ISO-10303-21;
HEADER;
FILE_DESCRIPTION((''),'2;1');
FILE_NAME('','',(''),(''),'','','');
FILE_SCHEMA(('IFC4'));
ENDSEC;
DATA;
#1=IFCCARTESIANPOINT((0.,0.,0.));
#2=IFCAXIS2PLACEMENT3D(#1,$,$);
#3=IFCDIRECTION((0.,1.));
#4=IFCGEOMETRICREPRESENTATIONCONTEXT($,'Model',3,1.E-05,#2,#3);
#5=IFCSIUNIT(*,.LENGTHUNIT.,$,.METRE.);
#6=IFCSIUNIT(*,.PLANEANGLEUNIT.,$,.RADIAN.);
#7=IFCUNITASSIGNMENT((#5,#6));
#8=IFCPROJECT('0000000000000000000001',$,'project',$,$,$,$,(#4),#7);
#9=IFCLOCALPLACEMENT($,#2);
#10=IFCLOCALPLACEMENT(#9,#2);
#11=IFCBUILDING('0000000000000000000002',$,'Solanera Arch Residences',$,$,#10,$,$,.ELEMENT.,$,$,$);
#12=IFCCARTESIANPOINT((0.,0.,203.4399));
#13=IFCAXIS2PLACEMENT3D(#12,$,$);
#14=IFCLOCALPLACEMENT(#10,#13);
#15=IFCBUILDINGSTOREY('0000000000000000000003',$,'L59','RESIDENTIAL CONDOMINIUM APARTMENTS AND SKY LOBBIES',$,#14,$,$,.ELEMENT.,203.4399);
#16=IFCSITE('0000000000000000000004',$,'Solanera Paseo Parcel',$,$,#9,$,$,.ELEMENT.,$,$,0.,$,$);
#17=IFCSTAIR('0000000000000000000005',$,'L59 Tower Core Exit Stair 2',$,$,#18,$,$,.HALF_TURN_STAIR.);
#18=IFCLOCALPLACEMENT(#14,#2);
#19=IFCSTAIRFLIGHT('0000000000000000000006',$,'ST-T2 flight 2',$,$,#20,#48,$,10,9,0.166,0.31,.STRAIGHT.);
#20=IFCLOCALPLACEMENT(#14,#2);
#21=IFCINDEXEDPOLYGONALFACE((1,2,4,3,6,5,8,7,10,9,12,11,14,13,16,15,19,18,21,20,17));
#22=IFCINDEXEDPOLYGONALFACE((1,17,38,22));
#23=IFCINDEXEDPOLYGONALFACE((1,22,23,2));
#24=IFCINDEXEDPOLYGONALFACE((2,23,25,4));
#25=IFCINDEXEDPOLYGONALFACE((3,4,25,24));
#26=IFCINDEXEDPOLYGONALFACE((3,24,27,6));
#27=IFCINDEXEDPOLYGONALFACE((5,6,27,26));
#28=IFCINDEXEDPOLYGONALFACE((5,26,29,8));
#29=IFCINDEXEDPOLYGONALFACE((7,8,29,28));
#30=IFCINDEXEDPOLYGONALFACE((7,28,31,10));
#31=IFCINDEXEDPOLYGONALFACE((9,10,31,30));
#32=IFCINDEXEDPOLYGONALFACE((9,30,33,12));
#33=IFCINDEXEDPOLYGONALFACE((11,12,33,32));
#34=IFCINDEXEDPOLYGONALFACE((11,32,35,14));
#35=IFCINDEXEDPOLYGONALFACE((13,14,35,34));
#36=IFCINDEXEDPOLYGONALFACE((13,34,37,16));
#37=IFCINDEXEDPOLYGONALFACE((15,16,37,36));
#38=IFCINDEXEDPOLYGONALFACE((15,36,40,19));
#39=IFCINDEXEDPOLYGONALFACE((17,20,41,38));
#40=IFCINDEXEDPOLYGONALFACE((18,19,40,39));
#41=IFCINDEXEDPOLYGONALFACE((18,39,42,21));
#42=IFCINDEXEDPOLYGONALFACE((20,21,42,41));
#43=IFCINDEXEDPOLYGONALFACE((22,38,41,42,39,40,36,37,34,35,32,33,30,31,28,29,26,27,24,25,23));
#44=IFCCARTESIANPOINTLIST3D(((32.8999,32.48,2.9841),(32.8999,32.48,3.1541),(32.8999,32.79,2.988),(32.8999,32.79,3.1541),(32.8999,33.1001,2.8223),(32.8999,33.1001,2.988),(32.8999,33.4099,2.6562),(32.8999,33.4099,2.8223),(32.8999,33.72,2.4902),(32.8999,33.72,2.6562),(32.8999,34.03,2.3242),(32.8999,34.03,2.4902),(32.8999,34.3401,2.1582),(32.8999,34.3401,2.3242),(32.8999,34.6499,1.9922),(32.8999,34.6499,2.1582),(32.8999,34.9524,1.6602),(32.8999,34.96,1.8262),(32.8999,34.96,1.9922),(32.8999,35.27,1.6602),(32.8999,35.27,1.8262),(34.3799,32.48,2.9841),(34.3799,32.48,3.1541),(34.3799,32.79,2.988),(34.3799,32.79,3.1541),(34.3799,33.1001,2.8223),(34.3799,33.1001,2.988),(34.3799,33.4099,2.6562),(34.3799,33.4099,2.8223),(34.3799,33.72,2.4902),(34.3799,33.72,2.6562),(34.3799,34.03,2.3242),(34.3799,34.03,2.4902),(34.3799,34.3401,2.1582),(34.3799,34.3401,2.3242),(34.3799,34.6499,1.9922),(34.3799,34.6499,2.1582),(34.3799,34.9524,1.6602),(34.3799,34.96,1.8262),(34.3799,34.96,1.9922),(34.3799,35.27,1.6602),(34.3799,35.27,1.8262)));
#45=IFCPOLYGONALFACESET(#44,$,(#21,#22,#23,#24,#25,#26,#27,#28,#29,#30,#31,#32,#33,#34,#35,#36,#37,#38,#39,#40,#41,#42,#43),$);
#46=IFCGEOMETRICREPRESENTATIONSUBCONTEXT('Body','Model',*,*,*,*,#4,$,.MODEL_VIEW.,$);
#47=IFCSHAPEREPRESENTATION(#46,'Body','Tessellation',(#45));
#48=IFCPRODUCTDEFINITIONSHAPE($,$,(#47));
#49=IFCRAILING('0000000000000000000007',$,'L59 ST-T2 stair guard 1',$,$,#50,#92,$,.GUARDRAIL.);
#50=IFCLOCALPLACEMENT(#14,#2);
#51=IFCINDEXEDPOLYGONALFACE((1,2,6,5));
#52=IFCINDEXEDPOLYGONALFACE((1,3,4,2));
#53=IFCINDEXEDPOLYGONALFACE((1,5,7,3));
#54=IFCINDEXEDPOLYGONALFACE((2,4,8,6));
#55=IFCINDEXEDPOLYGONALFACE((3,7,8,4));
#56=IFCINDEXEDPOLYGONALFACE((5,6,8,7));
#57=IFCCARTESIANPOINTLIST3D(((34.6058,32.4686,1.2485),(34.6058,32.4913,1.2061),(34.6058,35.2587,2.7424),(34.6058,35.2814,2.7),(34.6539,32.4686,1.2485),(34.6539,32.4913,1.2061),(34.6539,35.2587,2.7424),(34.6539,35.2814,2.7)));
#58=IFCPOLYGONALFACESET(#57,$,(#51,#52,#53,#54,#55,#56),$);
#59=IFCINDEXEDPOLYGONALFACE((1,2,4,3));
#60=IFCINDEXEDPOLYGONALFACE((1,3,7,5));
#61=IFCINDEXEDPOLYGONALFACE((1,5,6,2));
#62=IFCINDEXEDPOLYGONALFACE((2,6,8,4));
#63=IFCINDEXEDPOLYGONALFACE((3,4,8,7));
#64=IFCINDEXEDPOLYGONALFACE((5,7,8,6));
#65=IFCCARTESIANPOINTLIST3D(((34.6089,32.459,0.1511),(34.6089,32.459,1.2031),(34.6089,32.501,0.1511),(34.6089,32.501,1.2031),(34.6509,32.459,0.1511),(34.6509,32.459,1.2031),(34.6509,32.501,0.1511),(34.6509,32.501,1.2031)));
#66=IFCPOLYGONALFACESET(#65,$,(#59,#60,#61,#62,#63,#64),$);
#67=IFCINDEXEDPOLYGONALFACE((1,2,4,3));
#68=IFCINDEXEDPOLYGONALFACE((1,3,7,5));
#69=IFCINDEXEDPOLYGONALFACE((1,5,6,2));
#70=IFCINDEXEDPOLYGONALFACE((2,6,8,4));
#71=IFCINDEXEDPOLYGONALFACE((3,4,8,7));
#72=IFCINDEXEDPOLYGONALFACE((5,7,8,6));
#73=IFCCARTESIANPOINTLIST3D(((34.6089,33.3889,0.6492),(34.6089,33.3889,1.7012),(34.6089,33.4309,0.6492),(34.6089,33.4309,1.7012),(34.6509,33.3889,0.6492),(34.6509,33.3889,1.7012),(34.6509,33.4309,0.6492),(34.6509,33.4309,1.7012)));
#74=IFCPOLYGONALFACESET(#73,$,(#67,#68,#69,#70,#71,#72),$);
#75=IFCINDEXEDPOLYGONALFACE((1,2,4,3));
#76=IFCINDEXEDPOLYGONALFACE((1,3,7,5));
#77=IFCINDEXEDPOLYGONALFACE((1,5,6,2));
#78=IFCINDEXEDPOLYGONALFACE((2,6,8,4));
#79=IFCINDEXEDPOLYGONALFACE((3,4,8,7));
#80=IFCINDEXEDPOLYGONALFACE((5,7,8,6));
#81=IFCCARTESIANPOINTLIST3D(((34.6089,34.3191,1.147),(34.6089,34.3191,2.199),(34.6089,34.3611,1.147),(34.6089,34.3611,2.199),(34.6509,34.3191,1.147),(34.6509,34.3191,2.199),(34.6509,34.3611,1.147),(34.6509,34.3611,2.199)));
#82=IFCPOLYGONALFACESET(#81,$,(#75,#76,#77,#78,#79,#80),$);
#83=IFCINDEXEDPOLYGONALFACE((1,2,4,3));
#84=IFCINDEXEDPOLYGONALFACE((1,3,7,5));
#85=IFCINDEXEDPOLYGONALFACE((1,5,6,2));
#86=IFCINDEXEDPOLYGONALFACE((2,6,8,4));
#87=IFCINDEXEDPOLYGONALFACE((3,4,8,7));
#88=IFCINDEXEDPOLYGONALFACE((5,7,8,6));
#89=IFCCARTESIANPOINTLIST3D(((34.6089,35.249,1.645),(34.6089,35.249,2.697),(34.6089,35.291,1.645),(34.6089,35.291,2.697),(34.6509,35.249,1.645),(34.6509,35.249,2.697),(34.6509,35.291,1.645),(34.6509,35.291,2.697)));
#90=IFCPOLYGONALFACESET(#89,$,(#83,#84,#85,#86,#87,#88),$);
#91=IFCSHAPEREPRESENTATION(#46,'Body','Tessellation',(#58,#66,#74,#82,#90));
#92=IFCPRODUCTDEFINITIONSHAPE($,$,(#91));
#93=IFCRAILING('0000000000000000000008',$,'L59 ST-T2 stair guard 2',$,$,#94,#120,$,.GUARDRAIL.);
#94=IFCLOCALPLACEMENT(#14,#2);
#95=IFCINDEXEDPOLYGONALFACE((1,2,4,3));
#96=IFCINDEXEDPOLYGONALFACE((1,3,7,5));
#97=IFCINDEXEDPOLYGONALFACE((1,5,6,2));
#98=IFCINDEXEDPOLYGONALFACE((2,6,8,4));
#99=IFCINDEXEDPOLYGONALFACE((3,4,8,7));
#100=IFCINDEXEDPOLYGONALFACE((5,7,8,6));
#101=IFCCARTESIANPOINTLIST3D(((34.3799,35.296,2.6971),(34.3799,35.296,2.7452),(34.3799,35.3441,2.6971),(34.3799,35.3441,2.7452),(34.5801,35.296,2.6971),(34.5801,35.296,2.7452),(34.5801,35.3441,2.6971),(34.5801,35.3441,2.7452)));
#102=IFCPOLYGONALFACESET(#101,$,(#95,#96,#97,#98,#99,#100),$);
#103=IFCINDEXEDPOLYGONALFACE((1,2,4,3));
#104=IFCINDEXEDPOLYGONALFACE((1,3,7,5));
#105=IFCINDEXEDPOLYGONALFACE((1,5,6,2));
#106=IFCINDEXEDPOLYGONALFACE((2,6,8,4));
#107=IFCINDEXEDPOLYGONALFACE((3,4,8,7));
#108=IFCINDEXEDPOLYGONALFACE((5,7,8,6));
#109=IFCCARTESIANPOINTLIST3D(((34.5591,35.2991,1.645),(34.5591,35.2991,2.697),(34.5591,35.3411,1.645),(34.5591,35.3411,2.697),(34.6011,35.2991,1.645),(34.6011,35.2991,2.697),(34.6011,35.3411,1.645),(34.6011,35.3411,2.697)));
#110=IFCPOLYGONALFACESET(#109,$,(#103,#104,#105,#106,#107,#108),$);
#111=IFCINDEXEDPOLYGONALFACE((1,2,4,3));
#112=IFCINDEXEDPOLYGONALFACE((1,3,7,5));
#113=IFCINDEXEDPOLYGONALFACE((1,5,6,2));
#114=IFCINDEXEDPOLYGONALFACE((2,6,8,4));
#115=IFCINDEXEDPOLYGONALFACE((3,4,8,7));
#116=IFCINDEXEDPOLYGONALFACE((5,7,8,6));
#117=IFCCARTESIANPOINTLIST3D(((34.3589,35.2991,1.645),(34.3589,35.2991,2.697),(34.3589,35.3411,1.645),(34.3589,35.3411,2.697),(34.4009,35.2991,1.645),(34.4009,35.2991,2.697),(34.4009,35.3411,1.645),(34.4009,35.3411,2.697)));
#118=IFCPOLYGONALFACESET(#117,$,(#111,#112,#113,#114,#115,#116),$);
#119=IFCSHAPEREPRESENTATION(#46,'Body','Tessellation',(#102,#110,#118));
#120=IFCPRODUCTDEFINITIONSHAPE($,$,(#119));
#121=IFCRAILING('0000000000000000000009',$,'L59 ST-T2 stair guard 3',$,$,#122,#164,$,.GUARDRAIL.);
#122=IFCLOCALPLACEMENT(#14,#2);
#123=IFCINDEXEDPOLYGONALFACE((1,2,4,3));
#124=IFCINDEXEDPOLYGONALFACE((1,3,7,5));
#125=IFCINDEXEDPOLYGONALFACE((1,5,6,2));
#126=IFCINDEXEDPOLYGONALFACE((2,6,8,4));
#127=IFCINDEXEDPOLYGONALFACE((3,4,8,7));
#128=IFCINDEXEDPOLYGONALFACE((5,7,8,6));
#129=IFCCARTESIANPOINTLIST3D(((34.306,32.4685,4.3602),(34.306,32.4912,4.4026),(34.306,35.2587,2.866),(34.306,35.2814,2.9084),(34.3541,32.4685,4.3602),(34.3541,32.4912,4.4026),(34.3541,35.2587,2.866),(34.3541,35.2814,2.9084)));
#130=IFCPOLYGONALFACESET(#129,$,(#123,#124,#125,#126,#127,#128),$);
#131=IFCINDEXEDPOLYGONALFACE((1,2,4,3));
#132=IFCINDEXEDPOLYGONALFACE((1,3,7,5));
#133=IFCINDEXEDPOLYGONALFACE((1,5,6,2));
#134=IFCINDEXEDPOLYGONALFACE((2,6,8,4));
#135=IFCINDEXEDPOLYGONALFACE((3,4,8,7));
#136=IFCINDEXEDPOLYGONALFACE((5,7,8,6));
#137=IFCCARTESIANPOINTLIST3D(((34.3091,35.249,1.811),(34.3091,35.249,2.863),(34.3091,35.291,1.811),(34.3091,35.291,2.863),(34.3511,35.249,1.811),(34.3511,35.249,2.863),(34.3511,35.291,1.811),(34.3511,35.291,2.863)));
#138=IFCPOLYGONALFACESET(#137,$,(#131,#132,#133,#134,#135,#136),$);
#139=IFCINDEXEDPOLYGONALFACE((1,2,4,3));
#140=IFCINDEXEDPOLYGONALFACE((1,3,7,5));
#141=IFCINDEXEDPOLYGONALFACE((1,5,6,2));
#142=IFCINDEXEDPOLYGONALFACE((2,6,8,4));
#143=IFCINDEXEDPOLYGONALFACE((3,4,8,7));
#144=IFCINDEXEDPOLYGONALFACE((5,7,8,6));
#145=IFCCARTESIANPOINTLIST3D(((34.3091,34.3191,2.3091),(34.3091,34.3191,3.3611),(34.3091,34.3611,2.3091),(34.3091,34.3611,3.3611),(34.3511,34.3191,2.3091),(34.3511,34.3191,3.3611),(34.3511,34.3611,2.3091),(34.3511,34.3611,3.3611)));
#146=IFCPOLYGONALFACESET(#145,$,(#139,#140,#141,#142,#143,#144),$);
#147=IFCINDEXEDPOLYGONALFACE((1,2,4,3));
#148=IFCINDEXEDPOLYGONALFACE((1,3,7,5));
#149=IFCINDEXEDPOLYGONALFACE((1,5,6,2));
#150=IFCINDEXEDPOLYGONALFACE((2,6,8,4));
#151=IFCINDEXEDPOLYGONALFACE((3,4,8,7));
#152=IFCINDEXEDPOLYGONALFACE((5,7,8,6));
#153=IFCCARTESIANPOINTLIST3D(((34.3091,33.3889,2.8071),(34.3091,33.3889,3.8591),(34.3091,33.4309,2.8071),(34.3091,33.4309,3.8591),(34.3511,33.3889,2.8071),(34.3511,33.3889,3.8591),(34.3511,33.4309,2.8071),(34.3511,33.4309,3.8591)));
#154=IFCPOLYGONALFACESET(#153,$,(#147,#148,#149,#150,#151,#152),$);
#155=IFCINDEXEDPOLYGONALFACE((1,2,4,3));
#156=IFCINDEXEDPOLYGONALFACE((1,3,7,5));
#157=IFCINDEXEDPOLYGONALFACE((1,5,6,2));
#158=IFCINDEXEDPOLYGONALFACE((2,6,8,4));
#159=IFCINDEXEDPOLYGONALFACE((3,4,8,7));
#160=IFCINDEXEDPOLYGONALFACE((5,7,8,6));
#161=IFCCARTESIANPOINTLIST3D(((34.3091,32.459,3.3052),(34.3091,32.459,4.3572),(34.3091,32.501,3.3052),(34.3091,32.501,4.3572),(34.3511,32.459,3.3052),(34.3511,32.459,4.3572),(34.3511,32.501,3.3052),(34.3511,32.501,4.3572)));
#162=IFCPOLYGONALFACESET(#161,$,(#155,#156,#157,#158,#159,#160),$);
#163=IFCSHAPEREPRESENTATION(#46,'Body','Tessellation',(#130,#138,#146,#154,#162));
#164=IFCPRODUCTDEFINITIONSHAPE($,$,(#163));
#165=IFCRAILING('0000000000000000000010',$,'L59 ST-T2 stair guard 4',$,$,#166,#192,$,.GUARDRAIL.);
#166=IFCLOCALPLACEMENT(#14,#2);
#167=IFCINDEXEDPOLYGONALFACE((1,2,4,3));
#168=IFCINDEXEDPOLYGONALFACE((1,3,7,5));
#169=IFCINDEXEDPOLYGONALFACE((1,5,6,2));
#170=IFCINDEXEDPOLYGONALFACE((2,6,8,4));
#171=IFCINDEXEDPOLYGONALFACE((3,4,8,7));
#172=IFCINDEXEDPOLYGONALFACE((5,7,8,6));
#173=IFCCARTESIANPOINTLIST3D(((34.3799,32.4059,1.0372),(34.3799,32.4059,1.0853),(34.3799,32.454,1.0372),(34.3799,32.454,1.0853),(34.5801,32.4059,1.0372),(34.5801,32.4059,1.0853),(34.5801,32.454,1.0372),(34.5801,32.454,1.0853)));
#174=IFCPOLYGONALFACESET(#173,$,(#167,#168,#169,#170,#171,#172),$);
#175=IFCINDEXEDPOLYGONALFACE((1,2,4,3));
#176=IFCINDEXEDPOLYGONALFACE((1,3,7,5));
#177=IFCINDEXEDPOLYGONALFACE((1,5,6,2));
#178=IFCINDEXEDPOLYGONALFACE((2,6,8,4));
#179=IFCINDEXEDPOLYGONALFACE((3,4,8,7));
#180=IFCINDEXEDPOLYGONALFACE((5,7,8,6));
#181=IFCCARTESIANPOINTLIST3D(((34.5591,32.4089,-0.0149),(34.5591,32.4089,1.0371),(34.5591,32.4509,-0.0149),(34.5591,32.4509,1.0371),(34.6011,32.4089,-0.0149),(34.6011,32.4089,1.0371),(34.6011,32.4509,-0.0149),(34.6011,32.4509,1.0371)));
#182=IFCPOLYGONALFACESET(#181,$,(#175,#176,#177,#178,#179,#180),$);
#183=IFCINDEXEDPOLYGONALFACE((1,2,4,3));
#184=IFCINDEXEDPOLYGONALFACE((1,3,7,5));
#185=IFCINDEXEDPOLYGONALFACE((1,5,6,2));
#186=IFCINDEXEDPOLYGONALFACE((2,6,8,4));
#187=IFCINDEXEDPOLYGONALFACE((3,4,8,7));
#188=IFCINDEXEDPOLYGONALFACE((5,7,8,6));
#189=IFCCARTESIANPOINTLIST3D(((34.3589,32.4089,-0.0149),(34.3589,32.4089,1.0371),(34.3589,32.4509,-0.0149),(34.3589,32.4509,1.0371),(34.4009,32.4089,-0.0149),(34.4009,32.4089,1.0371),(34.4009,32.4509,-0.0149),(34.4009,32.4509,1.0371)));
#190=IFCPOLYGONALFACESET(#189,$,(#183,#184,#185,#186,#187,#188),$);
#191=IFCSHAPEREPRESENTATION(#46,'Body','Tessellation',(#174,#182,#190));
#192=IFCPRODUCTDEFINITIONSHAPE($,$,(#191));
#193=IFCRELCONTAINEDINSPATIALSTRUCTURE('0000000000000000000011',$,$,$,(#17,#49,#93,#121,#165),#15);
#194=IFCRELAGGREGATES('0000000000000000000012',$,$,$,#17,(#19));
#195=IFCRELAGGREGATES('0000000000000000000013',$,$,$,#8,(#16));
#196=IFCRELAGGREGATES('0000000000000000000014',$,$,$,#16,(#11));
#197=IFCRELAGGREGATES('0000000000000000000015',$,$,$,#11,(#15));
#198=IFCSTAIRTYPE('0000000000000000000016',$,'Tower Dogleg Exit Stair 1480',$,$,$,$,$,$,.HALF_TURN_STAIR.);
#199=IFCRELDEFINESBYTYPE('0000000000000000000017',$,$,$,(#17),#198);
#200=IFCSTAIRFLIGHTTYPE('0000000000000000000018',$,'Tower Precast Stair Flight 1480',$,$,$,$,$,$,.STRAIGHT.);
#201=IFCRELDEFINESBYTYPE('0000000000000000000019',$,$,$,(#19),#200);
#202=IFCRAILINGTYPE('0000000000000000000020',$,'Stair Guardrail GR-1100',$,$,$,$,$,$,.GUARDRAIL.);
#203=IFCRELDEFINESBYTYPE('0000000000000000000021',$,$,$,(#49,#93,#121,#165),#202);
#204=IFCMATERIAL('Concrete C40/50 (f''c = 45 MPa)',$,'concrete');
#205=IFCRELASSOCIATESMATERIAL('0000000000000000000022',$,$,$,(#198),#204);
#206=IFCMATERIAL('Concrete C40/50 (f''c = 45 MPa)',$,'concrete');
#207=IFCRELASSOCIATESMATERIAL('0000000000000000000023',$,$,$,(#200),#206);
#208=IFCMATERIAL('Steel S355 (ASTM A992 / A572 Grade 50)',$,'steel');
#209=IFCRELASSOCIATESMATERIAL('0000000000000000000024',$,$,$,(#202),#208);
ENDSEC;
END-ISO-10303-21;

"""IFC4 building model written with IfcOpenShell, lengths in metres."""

from ifc_helpers import new_model, si_unit, direction, frame, origin, origin_2d, place, context, subcontext, project, spatial, polyline, rectangle, outline, extrude, material, type_object, element, aggregate, save


model = new_model("IFC4")

# Units and contexts
model_context = context("Model", 3, precision=1e-05, world=origin(), true_north=direction((0.0, 1.0)))
body_context = subcontext(model_context, "Body", "Model", "MODEL_VIEW")
ifc_project = project(units=[si_unit("LENGTHUNIT", "METRE"), si_unit("PLANEANGLEUNIT", "RADIAN")], contexts=[model_context])

# Site, building, storey
site_placement = place(None, origin())
site = spatial("IfcSite", under=ifc_project, at=site_placement, Name="Solanera Paseo Parcel", CompositionType="ELEMENT", RefElevation=0.0)
building_placement = place(site_placement, origin())
building = spatial("IfcBuilding", under=site, at=building_placement, Name="Solanera Arch Residences", CompositionType="ELEMENT")
storey_placement = place(building_placement, frame((0.0, 0.0, 203.4399)))
storey = spatial("IfcBuildingStorey", under=building, at=storey_placement, Name="L59", Description="RESIDENTIAL CONDOMINIUM APARTMENTS AND SKY LOBBIES", CompositionType="ELEMENT", Elevation=203.4399)

# Stair, stair flight
ifc_material_1 = material(Name="Concrete C40/50 (f'c = 45 MPa)", Category="concrete")
stair_type = type_object("IfcStairType", Name="Tower Dogleg Exit Stair 1480", PredefinedType="HALF_TURN_STAIR", material=ifc_material_1)
stair_placement = place(storey_placement, origin())
stair = element("IfcStair", 1, at=stair_placement, inside=storey, type_object=stair_type, Name="L59 Tower Core Exit Stair 2", PredefinedType="HALF_TURN_STAIR")
ifc_material_2 = material(Name="Concrete C40/50 (f'c = 45 MPa)", Category="concrete")
stair_flight_type = type_object("IfcStairFlightType", Name="Tower Precast Stair Flight 1480", PredefinedType="STRAIGHT", material=ifc_material_2)
stair_flight_1_placement = place(storey_placement, frame((33.6399, 35.27, 1.6602), z_axis=(0.0, 0.0, 1.0), x_axis=(0.0, -1.0, 0.0)))
stair_flight_1 = element("IfcStairFlight", 2, at=stair_flight_1_placement, type_object=stair_flight_type, Name="ST-T2 flight 2", NumberOfRisers=10, NumberOfTreads=9, PredefinedType="STRAIGHT", RiserHeight=0.166, TreadLength=0.31, context=body_context, shape_type="SweptSolid", body=[
    extrude(outline(polyline([(0.0, 0.0), (0.0, 0.166), (0.3101, 0.166), (0.3101, 0.332), (0.6201, 0.332), (0.6201, 0.498), (0.9299, 0.498), (0.9299, 0.6641), (1.24, 0.6641), (1.24, 0.8301), (1.55, 0.8301), (1.55, 0.9961), (1.8601, 0.9961), (1.8601, 1.1621), (2.1699, 1.1621), (2.1699, 1.3279), (2.48, 1.3279), (2.48, 1.4939), (2.79, 1.4939), (2.79, 1.6599), (2.79, 1.324), (0.3176, 0.0), (0.0, 0.0)])), frame((0.0, 0.74, 0.0), z_axis=(0.0, -1.0, 0.0), x_axis=(1.0, 0.0, 0.0)), (0.0, 0.0, 1.0), 1.48),
])
aggregate(stair, [stair_flight_1])

# Railings
ifc_material_3 = material(Name="Steel S355 (ASTM A992 / A572 Grade 50)", Category="steel")
railing_type_1 = type_object("IfcRailingType", Name="Stair Guardrail GR-1100", PredefinedType="GUARDRAIL", material=ifc_material_3)
railing_1_placement = place(storey_placement, frame((34.6299, 32.48, 0.1511)))
element("IfcRailing", 3, at=railing_1_placement, inside=storey, type_object=railing_type_1, Name="L59 ST-T2 stair guard 1", PredefinedType="GUARDRAIL", context=body_context, shape_type="SweptSolid", body=[
    extrude(rectangle(XDim=0.0481, YDim=0.0481, at=origin_2d()), frame((0.0, 0.0, 1.0762), z_axis=(0.0, 0.881581, 0.472033), x_axis=(-1.0, 0.0, 0.0)), (0.0, 0.0, 1.0), 3.1648),
    extrude(rectangle(XDim=0.042, YDim=0.042, at=origin_2d()), origin(), (0.0, 0.0, 1.0), 1.052),
    extrude(rectangle(XDim=0.042, YDim=0.042, at=origin_2d()), frame((0.0, 0.9299, 0.498)), (0.0, 0.0, 1.0), 1.052),
    extrude(rectangle(XDim=0.042, YDim=0.042, at=origin_2d()), frame((0.0, 1.8601, 0.9958)), (0.0, 0.0, 1.0), 1.052),
    extrude(rectangle(XDim=0.042, YDim=0.042, at=origin_2d()), frame((0.0, 2.79, 1.4939)), (0.0, 0.0, 1.0), 1.052),
])
railing_2_placement = place(storey_placement, frame((34.5801, 35.3201, 1.645)))
element("IfcRailing", 4, at=railing_2_placement, inside=storey, type_object=railing_type_1, Name="L59 ST-T2 stair guard 2", PredefinedType="GUARDRAIL", context=body_context, shape_type="SweptSolid", body=[
    extrude(rectangle(XDim=0.0481, YDim=0.0481, at=origin_2d()), frame((0.0, 0.0, 1.0762), z_axis=(-1.0, 0.0, 0.0), x_axis=(0.0, -1.0, 0.0)), (0.0, 0.0, 1.0), 0.2002),
    extrude(rectangle(XDim=0.042, YDim=0.042, at=origin_2d()), origin(), (0.0, 0.0, 1.0), 1.052),
    extrude(rectangle(XDim=0.042, YDim=0.042, at=origin_2d()), frame((-0.2002, 0.0, 0.0)), (0.0, 0.0, 1.0), 1.052),
])
railing_3_placement = place(storey_placement, frame((34.3301, 35.27, 1.811)))
element("IfcRailing", 5, at=railing_3_placement, inside=storey, type_object=railing_type_1, Name="L59 ST-T2 stair guard 3", PredefinedType="GUARDRAIL", context=body_context, shape_type="SweptSolid", body=[
    extrude(rectangle(XDim=0.0481, YDim=0.0481, at=origin_2d()), frame((0.0, 0.0, 1.0762), z_axis=(0.0, -0.881549, 0.472093), x_axis=(1.0, 0.0, 0.0)), (0.0, 0.0, 1.0), 3.165),
    extrude(rectangle(XDim=0.042, YDim=0.042, at=origin_2d()), origin(), (0.0, 0.0, 1.0), 1.052),
    extrude(rectangle(XDim=0.042, YDim=0.042, at=origin_2d()), frame((0.0, -0.9299, 0.498)), (0.0, 0.0, 1.0), 1.052),
    extrude(rectangle(XDim=0.042, YDim=0.042, at=origin_2d()), frame((0.0, -1.8601, 0.9961)), (0.0, 0.0, 1.0), 1.052),
    extrude(rectangle(XDim=0.042, YDim=0.042, at=origin_2d()), frame((0.0, -2.79, 1.4941)), (0.0, 0.0, 1.0), 1.052),
])
railing_4_placement = place(storey_placement, frame((34.5801, 32.4299, -0.0149)))
element("IfcRailing", 6, at=railing_4_placement, inside=storey, type_object=railing_type_1, Name="L59 ST-T2 stair guard 4", PredefinedType="GUARDRAIL", context=body_context, shape_type="SweptSolid", body=[
    extrude(rectangle(XDim=0.0481, YDim=0.0481, at=origin_2d()), frame((0.0, 0.0, 1.0762), z_axis=(-1.0, 0.0, 0.0), x_axis=(0.0, -1.0, 0.0)), (0.0, 0.0, 1.0), 0.2002),
    extrude(rectangle(XDim=0.042, YDim=0.042, at=origin_2d()), origin(), (0.0, 0.0, 1.0), 1.052),
    extrude(rectangle(XDim=0.042, YDim=0.042, at=origin_2d()), frame((-0.2002, 0.0, 0.0)), (0.0, 0.0, 1.0), 1.052),
])

save(model, "model.ifc")
